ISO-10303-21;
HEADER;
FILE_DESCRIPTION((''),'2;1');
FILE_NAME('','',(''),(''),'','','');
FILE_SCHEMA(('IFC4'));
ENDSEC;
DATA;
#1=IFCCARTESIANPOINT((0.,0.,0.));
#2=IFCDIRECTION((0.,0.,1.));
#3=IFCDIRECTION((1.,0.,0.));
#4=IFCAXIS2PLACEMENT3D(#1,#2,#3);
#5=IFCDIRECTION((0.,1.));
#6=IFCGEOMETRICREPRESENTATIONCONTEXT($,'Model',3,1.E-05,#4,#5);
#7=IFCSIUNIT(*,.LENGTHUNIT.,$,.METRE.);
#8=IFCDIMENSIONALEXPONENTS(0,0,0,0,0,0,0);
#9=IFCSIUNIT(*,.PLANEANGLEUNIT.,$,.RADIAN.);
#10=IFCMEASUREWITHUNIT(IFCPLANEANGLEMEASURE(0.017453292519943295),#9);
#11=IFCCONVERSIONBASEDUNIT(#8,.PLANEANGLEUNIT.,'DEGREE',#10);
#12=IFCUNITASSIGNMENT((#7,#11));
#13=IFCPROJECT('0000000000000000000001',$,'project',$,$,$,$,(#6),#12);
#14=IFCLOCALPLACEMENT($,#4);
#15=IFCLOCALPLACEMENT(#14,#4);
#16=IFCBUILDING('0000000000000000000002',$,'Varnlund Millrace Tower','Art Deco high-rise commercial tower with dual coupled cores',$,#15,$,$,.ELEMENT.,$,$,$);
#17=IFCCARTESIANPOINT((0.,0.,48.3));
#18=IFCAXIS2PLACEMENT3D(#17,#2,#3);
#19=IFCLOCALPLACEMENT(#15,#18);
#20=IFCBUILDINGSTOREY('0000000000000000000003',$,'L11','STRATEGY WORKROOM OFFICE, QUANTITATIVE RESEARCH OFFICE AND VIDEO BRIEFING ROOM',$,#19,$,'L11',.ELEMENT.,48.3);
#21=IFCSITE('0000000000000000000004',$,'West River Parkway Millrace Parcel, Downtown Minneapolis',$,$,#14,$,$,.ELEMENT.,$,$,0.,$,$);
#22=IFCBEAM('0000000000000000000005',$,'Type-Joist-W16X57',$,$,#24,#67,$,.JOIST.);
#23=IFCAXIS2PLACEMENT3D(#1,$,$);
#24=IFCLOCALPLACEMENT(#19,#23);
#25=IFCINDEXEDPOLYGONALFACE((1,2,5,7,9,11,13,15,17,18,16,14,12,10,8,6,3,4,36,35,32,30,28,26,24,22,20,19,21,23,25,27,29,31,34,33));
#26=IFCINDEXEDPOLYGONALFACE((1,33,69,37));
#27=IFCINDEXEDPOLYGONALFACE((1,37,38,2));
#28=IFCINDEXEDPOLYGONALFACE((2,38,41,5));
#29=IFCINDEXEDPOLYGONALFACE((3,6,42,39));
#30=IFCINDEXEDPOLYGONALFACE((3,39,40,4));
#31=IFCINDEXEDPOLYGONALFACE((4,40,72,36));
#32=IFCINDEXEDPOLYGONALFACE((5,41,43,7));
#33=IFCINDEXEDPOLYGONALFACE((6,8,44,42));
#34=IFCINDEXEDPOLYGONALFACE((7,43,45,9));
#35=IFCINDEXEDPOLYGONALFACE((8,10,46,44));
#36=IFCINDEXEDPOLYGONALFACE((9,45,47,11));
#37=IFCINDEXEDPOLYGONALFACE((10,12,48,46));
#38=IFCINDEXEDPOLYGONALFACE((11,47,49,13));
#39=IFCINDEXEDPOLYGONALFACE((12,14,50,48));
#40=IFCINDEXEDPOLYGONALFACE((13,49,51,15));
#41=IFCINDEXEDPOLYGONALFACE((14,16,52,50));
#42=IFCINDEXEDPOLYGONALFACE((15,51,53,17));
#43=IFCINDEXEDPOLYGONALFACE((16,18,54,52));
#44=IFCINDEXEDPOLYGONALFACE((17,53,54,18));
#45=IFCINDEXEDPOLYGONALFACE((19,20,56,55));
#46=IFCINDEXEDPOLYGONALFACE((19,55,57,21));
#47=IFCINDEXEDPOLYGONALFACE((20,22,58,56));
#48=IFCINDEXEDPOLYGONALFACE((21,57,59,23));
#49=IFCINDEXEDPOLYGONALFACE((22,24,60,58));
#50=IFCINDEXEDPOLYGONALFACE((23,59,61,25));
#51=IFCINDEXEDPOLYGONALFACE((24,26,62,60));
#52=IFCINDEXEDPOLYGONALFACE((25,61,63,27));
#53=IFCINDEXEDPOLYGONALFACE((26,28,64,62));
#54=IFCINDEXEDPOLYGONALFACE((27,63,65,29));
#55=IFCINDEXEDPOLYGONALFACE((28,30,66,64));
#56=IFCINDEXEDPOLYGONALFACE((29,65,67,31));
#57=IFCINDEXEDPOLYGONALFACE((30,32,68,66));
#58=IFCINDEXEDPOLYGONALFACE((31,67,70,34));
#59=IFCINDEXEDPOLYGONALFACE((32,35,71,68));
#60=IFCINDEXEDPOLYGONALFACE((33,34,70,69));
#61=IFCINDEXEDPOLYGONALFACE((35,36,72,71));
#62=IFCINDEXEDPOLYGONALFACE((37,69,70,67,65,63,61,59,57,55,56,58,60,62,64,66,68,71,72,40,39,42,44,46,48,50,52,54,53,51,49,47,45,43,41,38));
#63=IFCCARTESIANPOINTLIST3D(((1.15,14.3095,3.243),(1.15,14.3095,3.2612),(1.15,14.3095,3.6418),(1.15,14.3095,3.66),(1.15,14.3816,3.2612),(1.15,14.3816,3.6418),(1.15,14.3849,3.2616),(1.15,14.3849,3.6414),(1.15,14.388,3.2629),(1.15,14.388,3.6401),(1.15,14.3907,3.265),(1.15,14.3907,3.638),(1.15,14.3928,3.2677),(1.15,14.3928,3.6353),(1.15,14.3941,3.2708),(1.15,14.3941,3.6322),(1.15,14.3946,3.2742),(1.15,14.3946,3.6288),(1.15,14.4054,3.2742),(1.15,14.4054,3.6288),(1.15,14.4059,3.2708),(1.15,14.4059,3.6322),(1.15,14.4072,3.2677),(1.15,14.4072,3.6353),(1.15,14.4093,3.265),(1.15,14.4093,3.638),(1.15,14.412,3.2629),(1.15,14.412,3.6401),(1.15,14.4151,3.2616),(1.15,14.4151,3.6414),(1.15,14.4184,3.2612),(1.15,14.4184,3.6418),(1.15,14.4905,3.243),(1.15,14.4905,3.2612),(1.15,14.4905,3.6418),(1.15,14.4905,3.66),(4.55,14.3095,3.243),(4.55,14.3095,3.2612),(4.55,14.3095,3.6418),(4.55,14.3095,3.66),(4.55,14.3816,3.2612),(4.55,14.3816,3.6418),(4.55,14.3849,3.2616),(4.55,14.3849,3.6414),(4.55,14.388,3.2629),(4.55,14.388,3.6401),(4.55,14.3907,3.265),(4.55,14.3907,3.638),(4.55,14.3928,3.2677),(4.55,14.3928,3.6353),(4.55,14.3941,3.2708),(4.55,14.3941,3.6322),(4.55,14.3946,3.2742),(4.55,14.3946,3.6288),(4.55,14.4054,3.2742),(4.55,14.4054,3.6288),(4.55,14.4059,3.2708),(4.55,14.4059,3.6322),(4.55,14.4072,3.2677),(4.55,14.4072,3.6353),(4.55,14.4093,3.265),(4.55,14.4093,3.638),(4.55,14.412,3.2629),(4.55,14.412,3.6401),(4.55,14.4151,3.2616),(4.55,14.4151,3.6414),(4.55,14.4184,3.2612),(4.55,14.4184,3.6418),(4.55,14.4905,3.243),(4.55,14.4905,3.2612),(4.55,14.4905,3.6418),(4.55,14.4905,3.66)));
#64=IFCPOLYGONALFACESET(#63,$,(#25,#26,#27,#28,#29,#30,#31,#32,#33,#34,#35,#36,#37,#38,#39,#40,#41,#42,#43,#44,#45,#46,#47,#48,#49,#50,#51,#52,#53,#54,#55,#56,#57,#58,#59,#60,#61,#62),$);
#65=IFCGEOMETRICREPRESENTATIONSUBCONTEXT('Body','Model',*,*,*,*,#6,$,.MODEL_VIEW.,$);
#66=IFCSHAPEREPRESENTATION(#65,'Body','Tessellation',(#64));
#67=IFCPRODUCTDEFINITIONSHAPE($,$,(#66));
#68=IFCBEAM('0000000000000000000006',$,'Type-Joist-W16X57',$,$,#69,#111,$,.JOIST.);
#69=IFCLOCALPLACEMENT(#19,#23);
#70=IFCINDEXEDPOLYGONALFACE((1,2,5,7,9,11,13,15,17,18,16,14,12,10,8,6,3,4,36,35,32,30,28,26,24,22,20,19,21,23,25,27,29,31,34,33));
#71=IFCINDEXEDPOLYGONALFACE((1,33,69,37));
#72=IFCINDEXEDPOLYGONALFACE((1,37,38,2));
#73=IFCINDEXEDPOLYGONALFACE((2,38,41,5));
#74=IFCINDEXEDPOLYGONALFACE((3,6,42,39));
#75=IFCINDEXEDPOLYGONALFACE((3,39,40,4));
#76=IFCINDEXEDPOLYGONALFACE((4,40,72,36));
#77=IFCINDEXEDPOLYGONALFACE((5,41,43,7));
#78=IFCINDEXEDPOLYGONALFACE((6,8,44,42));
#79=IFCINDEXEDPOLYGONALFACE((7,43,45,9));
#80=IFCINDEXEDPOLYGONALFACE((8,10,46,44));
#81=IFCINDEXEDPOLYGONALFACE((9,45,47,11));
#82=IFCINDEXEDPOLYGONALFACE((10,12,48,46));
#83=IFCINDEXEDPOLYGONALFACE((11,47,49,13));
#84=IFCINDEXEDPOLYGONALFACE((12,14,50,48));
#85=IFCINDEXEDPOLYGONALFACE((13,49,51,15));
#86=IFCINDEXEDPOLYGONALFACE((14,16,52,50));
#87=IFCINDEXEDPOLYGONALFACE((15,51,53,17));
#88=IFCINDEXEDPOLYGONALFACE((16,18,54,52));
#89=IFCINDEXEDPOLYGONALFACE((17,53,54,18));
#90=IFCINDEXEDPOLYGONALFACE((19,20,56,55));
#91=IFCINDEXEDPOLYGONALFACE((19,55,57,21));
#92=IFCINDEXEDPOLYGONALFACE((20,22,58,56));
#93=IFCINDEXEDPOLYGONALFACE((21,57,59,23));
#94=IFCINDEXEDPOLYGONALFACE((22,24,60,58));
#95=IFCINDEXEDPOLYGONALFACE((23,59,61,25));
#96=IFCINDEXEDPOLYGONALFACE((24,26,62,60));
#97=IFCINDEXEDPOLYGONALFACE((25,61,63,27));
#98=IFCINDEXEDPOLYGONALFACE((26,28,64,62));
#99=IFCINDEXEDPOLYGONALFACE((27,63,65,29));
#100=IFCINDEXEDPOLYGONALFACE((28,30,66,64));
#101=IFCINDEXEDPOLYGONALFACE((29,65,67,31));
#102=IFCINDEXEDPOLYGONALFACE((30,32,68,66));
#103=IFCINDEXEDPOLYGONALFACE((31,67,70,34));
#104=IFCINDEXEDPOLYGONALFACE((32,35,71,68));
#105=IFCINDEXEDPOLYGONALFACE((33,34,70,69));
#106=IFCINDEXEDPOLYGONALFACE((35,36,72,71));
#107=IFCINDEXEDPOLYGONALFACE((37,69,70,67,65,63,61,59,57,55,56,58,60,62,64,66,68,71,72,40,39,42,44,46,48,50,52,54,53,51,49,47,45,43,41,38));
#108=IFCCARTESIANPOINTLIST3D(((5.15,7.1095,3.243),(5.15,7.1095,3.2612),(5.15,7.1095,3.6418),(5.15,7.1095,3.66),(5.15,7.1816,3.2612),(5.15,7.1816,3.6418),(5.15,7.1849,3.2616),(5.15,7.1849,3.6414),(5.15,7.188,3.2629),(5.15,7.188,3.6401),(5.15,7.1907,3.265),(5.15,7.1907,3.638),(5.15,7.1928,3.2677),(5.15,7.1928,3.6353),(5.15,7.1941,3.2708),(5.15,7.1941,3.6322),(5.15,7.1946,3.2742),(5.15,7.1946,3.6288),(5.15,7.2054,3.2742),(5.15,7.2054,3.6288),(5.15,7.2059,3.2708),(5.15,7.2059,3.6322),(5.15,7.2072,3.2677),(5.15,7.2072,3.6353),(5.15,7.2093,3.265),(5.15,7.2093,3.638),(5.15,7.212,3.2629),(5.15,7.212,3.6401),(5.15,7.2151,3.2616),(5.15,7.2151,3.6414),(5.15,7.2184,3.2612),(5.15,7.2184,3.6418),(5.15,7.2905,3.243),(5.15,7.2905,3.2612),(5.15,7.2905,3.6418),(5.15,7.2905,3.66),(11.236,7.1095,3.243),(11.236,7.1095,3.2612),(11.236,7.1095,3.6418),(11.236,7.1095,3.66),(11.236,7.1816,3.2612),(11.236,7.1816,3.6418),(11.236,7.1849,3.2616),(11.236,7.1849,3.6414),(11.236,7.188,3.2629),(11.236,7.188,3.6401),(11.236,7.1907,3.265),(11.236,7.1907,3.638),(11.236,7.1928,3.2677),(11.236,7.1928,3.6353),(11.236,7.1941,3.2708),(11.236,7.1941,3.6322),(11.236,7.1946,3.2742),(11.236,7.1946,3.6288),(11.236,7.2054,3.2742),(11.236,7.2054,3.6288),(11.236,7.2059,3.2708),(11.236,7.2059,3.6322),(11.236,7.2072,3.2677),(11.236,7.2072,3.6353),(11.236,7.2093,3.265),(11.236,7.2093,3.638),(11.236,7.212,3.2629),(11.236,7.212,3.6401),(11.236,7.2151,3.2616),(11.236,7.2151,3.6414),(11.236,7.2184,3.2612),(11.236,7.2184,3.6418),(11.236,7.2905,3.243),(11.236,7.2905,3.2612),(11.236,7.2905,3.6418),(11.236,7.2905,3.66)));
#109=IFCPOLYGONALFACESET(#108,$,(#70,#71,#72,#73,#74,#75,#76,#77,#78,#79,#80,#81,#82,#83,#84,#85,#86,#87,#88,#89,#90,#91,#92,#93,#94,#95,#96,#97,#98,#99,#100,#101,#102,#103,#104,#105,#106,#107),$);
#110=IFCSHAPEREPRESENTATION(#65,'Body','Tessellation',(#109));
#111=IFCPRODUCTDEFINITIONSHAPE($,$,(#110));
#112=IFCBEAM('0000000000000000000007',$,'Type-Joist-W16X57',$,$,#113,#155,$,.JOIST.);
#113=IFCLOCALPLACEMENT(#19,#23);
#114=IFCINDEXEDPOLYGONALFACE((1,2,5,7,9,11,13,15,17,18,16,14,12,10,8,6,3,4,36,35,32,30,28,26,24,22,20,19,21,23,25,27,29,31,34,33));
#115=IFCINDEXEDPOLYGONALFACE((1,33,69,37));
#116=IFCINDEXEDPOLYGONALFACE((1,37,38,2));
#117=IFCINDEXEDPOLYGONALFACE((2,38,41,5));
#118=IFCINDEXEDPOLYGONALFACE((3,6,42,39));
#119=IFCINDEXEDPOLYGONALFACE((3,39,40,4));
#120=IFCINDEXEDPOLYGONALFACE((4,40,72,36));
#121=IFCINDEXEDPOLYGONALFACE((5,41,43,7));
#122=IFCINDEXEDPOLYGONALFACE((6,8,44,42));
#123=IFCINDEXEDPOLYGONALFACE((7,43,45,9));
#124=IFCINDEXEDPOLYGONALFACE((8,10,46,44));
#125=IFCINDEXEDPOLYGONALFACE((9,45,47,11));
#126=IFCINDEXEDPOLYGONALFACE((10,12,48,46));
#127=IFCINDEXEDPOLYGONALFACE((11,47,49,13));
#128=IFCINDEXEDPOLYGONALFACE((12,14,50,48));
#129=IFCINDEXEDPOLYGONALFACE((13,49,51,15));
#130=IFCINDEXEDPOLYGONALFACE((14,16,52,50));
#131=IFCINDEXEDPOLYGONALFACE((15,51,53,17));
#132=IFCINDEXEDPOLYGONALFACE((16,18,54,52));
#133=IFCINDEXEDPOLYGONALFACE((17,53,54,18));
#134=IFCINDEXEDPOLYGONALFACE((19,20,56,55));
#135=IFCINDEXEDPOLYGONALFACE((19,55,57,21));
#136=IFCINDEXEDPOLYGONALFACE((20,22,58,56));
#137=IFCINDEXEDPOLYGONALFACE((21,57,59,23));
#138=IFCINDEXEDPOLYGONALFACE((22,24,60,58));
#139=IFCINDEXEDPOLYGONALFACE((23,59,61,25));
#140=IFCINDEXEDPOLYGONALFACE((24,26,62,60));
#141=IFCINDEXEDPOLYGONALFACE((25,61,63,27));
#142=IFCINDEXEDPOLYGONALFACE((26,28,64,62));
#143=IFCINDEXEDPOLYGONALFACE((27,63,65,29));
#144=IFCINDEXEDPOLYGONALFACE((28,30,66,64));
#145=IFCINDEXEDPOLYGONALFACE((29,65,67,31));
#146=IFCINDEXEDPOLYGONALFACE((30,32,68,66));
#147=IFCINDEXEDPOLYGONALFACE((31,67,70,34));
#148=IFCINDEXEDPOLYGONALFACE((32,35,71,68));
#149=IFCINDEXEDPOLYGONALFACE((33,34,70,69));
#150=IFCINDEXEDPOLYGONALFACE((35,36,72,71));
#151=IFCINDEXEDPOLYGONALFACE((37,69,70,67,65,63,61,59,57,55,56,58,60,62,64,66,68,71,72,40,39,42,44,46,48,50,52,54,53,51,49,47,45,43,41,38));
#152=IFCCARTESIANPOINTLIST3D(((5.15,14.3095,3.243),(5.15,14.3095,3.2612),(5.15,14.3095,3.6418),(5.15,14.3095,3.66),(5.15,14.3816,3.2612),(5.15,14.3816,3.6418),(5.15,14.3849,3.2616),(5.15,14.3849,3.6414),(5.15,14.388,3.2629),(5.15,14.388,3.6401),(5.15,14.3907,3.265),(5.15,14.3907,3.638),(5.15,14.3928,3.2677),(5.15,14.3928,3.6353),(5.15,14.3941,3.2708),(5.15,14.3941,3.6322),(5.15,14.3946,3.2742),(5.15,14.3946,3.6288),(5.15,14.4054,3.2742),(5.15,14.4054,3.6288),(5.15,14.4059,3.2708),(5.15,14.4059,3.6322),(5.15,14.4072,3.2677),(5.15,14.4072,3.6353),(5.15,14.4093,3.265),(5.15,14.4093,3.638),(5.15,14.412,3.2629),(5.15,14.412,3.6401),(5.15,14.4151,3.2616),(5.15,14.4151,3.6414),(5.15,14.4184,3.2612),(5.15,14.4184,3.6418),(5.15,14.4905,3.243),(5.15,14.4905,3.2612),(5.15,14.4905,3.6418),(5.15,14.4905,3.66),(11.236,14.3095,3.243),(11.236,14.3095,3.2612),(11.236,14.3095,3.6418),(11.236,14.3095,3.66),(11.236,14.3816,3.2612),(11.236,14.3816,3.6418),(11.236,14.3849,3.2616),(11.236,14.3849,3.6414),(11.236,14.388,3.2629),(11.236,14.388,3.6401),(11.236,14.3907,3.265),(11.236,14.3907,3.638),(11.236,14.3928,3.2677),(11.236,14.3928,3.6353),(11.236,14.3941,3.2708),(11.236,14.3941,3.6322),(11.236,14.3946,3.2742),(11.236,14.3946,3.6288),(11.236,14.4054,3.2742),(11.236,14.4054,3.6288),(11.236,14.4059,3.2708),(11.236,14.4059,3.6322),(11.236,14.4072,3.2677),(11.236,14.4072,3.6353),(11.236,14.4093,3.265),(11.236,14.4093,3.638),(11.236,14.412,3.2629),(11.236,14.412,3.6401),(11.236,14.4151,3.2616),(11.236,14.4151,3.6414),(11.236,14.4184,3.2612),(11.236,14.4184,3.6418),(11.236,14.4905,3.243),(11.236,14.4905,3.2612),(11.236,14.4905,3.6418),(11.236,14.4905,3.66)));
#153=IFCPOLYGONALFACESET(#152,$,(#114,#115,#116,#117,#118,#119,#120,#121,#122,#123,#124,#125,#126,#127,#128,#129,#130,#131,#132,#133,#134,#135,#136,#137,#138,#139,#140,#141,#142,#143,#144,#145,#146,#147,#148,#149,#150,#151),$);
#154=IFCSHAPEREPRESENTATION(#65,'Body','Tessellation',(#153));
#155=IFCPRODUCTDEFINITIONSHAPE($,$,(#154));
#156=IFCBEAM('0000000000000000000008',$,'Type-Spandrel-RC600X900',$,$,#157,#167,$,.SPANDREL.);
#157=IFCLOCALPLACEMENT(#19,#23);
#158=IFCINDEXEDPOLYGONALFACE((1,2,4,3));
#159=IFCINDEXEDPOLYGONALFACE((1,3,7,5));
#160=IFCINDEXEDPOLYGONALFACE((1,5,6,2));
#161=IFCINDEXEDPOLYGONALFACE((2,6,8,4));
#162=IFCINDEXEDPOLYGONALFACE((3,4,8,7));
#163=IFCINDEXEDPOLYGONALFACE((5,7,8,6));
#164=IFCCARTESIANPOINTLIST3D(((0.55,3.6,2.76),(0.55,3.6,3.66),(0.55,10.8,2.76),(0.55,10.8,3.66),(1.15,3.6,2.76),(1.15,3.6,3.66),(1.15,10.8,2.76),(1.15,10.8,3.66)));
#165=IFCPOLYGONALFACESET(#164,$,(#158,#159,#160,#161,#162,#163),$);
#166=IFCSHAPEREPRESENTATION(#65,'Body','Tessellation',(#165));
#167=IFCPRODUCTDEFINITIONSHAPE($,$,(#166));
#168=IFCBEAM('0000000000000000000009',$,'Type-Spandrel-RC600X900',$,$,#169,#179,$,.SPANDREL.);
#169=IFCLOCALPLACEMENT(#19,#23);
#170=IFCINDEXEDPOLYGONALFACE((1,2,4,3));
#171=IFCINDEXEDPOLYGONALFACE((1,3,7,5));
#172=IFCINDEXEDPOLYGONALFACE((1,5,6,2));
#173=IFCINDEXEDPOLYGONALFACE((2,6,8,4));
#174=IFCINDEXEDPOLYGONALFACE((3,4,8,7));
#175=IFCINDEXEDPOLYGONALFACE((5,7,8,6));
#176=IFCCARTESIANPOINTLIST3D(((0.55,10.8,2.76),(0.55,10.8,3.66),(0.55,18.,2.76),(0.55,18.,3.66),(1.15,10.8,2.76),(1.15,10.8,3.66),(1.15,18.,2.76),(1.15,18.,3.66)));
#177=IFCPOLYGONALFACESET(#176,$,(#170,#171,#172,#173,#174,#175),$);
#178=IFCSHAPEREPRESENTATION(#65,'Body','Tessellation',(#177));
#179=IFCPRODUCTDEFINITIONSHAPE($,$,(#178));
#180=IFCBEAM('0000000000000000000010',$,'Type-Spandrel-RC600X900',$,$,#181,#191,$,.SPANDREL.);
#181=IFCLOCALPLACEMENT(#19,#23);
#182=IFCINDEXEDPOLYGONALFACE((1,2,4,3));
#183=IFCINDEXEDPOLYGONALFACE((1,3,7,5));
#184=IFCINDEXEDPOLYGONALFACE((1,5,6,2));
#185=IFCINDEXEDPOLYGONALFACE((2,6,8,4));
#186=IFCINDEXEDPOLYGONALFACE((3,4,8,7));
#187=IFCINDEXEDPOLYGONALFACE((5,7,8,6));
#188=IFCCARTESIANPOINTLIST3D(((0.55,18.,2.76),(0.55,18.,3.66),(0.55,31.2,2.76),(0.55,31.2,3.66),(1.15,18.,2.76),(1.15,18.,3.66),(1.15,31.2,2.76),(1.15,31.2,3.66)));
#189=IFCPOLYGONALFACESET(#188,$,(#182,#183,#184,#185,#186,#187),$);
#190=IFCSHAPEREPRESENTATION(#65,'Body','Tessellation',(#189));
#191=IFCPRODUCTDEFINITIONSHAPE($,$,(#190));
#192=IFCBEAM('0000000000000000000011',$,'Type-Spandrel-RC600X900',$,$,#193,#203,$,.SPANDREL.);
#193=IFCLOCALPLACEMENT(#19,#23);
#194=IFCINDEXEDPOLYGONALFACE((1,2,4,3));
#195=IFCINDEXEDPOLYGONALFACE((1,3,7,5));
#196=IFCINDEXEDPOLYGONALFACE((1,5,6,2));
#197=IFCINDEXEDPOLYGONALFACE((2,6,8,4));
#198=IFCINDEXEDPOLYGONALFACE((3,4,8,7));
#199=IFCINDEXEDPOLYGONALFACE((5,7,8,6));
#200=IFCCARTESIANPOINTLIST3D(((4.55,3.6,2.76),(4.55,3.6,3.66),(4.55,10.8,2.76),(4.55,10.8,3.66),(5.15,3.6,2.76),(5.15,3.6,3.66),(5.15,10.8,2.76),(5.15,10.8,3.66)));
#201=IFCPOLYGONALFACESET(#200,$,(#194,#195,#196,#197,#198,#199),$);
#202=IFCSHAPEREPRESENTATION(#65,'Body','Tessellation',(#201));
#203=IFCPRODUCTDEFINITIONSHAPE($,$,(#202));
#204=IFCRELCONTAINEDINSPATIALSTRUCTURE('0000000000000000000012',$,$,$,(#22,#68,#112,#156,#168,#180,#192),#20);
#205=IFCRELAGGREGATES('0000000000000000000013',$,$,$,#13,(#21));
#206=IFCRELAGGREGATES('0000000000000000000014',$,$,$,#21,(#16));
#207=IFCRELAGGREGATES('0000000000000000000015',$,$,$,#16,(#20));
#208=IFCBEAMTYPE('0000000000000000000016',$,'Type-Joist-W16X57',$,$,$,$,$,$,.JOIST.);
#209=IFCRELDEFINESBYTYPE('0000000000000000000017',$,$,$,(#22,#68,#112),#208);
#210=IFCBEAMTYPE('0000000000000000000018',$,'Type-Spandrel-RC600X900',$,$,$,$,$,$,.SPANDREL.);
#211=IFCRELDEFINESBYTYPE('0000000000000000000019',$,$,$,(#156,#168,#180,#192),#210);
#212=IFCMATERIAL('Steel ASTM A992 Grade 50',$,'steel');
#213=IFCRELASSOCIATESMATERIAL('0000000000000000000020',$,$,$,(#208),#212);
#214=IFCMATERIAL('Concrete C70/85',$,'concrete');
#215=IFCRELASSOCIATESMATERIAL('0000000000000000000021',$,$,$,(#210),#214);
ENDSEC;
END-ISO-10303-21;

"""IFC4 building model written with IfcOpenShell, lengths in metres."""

from ifc_helpers import new_model, entity, si_unit, converted_unit, direction, frame, origin_with_axes, origin_2d_with_axis, place, context, subcontext, project, spatial, rectangle, i_section, extrude, material, material_profile, profile_set, type_object, element, save


model = new_model("IFC4")

# Units and contexts
model_context = context("Model", 3, precision=1e-05, world=origin_with_axes(), true_north=direction((0.0, 1.0)))
body_context = subcontext(model_context, "Body", "Model", "MODEL_VIEW")
ifc_project = project(units=[si_unit("LENGTHUNIT", "METRE"), converted_unit("PLANEANGLEUNIT", "DEGREE", entity("IfcPlaneAngleMeasure", 0.017453292519943295), si_unit("PLANEANGLEUNIT", "RADIAN"), dimensions=[0, 0, 0, 0, 0, 0, 0])], contexts=[model_context])

# Site, building, storey
site_placement = place(None, origin_with_axes())
site = spatial("IfcSite", under=ifc_project, at=site_placement, Name="West River Parkway Millrace Parcel, Downtown Minneapolis", CompositionType="ELEMENT", RefElevation=0.0)
building_placement = place(site_placement, origin_with_axes())
building = spatial("IfcBuilding", under=site, at=building_placement, Name="Varnlund Millrace Tower", Description="Art Deco high-rise commercial tower with dual coupled cores", CompositionType="ELEMENT")
storey_placement = place(building_placement, frame((0.0, 0.0, 48.3), z_axis=(0.0, 0.0, 1.0), x_axis=(1.0, 0.0, 0.0)))
storey = spatial("IfcBuildingStorey", under=building, at=storey_placement, Name="L11", Description="STRATEGY WORKROOM OFFICE, QUANTITATIVE RESEARCH OFFICE AND VIDEO BRIEFING ROOM", LongName="L11", CompositionType="ELEMENT", Elevation=48.3)

# Beams
ifc_material_1 = material(Name="Steel ASTM A992 Grade 50", Category="steel")
ifc_material_profile_1 = material_profile(ifc_material_1, i_section(OverallWidth=0.181, OverallDepth=0.417, WebThickness=0.0109, FlangeThickness=0.0182, FilletRadius=0.013, at=origin_2d_with_axis()), Name="Steel ASTM A992 Grade 50")
ifc_profile_set_1 = profile_set([ifc_material_profile_1], Name="Steel ASTM A992 Grade 50")
beam_type_1 = type_object("IfcBeamType", Name="Type-Joist-W16X57", PredefinedType="JOIST", material=ifc_profile_set_1)
for number, where, z_axis, x_axis, name in (
    (1, (1.15, 14.4, 3.4515), (1.0, 0.0, 0.0), (0.0, 1.0, 0.0), "Type-Joist-W16X57"),
):
    element("IfcBeam", number, at=place(storey_placement, frame(where, z_axis=z_axis, x_axis=x_axis)), inside=storey, type_object=beam_type_1, Name=name, PredefinedType="JOIST", context=body_context, shape_type="SweptSolid", body=[
        extrude(i_section(OverallWidth=0.181, OverallDepth=0.417, WebThickness=0.0109, FlangeThickness=0.0182, FilletRadius=0.013, at=origin_2d_with_axis()), origin_with_axes(), (0.0, 0.0, 1.0), 3.4),
    ])
for number, where, z_axis, x_axis, name in (
    (2, (5.15, 7.2, 3.4515), (1.0, 0.0, 0.0), (0.0, 1.0, 0.0), "Type-Joist-W16X57"),
    (3, (5.15, 14.4, 3.4515), (1.0, 0.0, 0.0), (0.0, 1.0, 0.0), "Type-Joist-W16X57"),
):
    element("IfcBeam", number, at=place(storey_placement, frame(where, z_axis=z_axis, x_axis=x_axis)), inside=storey, type_object=beam_type_1, Name=name, PredefinedType="JOIST", context=body_context, shape_type="SweptSolid", body=[
        extrude(i_section(OverallWidth=0.181, OverallDepth=0.417, WebThickness=0.0109, FlangeThickness=0.0182, FilletRadius=0.013, at=origin_2d_with_axis()), origin_with_axes(), (0.0, 0.0, 1.0), 6.086),
    ])
ifc_material_2 = material(Name="Concrete C70/85", Category="concrete")
ifc_material_profile_2 = material_profile(ifc_material_2, rectangle(XDim=0.6, YDim=0.9, at=origin_2d_with_axis()), Name="Concrete C70/85")
ifc_profile_set_2 = profile_set([ifc_material_profile_2], Name="Concrete C70/85")
beam_type_2 = type_object("IfcBeamType", Name="Type-Spandrel-RC600X900", PredefinedType="SPANDREL", material=ifc_profile_set_2)
for number, where, z_axis, x_axis, name in (
    (4, (0.85, 3.6, 3.21), (0.0, 1.0, 0.0), (-1.0, 0.0, 0.0), "Type-Spandrel-RC600X900"),
    (5, (0.85, 10.8, 3.21), (0.0, 1.0, 0.0), (-1.0, 0.0, 0.0), "Type-Spandrel-RC600X900"),
):
    element("IfcBeam", number, at=place(storey_placement, frame(where, z_axis=z_axis, x_axis=x_axis)), inside=storey, type_object=beam_type_2, Name=name, PredefinedType="SPANDREL", context=body_context, shape_type="SweptSolid", body=[
        extrude(rectangle(XDim=0.6, YDim=0.9, at=origin_2d_with_axis()), origin_with_axes(), (0.0, 0.0, 1.0), 7.2),
    ])
beam_1_placement = place(storey_placement, frame((0.85, 18.0, 3.21), z_axis=(0.0, 1.0, 0.0), x_axis=(-1.0, 0.0, 0.0)))
element("IfcBeam", 6, at=beam_1_placement, inside=storey, type_object=beam_type_2, Name="Type-Spandrel-RC600X900", PredefinedType="SPANDREL", context=body_context, shape_type="SweptSolid", body=[
    extrude(rectangle(XDim=0.6, YDim=0.9, at=origin_2d_with_axis()), origin_with_axes(), (0.0, 0.0, 1.0), 13.2),
])
beam_2_placement = place(storey_placement, frame((4.85, 3.6, 3.21), z_axis=(0.0, 1.0, 0.0), x_axis=(-1.0, 0.0, 0.0)))
element("IfcBeam", 7, at=beam_2_placement, inside=storey, type_object=beam_type_2, Name="Type-Spandrel-RC600X900", PredefinedType="SPANDREL", context=body_context, shape_type="SweptSolid", body=[
    extrude(rectangle(XDim=0.6, YDim=0.9, at=origin_2d_with_axis()), origin_with_axes(), (0.0, 0.0, 1.0), 7.2),
])

save(model, "model.ifc")
